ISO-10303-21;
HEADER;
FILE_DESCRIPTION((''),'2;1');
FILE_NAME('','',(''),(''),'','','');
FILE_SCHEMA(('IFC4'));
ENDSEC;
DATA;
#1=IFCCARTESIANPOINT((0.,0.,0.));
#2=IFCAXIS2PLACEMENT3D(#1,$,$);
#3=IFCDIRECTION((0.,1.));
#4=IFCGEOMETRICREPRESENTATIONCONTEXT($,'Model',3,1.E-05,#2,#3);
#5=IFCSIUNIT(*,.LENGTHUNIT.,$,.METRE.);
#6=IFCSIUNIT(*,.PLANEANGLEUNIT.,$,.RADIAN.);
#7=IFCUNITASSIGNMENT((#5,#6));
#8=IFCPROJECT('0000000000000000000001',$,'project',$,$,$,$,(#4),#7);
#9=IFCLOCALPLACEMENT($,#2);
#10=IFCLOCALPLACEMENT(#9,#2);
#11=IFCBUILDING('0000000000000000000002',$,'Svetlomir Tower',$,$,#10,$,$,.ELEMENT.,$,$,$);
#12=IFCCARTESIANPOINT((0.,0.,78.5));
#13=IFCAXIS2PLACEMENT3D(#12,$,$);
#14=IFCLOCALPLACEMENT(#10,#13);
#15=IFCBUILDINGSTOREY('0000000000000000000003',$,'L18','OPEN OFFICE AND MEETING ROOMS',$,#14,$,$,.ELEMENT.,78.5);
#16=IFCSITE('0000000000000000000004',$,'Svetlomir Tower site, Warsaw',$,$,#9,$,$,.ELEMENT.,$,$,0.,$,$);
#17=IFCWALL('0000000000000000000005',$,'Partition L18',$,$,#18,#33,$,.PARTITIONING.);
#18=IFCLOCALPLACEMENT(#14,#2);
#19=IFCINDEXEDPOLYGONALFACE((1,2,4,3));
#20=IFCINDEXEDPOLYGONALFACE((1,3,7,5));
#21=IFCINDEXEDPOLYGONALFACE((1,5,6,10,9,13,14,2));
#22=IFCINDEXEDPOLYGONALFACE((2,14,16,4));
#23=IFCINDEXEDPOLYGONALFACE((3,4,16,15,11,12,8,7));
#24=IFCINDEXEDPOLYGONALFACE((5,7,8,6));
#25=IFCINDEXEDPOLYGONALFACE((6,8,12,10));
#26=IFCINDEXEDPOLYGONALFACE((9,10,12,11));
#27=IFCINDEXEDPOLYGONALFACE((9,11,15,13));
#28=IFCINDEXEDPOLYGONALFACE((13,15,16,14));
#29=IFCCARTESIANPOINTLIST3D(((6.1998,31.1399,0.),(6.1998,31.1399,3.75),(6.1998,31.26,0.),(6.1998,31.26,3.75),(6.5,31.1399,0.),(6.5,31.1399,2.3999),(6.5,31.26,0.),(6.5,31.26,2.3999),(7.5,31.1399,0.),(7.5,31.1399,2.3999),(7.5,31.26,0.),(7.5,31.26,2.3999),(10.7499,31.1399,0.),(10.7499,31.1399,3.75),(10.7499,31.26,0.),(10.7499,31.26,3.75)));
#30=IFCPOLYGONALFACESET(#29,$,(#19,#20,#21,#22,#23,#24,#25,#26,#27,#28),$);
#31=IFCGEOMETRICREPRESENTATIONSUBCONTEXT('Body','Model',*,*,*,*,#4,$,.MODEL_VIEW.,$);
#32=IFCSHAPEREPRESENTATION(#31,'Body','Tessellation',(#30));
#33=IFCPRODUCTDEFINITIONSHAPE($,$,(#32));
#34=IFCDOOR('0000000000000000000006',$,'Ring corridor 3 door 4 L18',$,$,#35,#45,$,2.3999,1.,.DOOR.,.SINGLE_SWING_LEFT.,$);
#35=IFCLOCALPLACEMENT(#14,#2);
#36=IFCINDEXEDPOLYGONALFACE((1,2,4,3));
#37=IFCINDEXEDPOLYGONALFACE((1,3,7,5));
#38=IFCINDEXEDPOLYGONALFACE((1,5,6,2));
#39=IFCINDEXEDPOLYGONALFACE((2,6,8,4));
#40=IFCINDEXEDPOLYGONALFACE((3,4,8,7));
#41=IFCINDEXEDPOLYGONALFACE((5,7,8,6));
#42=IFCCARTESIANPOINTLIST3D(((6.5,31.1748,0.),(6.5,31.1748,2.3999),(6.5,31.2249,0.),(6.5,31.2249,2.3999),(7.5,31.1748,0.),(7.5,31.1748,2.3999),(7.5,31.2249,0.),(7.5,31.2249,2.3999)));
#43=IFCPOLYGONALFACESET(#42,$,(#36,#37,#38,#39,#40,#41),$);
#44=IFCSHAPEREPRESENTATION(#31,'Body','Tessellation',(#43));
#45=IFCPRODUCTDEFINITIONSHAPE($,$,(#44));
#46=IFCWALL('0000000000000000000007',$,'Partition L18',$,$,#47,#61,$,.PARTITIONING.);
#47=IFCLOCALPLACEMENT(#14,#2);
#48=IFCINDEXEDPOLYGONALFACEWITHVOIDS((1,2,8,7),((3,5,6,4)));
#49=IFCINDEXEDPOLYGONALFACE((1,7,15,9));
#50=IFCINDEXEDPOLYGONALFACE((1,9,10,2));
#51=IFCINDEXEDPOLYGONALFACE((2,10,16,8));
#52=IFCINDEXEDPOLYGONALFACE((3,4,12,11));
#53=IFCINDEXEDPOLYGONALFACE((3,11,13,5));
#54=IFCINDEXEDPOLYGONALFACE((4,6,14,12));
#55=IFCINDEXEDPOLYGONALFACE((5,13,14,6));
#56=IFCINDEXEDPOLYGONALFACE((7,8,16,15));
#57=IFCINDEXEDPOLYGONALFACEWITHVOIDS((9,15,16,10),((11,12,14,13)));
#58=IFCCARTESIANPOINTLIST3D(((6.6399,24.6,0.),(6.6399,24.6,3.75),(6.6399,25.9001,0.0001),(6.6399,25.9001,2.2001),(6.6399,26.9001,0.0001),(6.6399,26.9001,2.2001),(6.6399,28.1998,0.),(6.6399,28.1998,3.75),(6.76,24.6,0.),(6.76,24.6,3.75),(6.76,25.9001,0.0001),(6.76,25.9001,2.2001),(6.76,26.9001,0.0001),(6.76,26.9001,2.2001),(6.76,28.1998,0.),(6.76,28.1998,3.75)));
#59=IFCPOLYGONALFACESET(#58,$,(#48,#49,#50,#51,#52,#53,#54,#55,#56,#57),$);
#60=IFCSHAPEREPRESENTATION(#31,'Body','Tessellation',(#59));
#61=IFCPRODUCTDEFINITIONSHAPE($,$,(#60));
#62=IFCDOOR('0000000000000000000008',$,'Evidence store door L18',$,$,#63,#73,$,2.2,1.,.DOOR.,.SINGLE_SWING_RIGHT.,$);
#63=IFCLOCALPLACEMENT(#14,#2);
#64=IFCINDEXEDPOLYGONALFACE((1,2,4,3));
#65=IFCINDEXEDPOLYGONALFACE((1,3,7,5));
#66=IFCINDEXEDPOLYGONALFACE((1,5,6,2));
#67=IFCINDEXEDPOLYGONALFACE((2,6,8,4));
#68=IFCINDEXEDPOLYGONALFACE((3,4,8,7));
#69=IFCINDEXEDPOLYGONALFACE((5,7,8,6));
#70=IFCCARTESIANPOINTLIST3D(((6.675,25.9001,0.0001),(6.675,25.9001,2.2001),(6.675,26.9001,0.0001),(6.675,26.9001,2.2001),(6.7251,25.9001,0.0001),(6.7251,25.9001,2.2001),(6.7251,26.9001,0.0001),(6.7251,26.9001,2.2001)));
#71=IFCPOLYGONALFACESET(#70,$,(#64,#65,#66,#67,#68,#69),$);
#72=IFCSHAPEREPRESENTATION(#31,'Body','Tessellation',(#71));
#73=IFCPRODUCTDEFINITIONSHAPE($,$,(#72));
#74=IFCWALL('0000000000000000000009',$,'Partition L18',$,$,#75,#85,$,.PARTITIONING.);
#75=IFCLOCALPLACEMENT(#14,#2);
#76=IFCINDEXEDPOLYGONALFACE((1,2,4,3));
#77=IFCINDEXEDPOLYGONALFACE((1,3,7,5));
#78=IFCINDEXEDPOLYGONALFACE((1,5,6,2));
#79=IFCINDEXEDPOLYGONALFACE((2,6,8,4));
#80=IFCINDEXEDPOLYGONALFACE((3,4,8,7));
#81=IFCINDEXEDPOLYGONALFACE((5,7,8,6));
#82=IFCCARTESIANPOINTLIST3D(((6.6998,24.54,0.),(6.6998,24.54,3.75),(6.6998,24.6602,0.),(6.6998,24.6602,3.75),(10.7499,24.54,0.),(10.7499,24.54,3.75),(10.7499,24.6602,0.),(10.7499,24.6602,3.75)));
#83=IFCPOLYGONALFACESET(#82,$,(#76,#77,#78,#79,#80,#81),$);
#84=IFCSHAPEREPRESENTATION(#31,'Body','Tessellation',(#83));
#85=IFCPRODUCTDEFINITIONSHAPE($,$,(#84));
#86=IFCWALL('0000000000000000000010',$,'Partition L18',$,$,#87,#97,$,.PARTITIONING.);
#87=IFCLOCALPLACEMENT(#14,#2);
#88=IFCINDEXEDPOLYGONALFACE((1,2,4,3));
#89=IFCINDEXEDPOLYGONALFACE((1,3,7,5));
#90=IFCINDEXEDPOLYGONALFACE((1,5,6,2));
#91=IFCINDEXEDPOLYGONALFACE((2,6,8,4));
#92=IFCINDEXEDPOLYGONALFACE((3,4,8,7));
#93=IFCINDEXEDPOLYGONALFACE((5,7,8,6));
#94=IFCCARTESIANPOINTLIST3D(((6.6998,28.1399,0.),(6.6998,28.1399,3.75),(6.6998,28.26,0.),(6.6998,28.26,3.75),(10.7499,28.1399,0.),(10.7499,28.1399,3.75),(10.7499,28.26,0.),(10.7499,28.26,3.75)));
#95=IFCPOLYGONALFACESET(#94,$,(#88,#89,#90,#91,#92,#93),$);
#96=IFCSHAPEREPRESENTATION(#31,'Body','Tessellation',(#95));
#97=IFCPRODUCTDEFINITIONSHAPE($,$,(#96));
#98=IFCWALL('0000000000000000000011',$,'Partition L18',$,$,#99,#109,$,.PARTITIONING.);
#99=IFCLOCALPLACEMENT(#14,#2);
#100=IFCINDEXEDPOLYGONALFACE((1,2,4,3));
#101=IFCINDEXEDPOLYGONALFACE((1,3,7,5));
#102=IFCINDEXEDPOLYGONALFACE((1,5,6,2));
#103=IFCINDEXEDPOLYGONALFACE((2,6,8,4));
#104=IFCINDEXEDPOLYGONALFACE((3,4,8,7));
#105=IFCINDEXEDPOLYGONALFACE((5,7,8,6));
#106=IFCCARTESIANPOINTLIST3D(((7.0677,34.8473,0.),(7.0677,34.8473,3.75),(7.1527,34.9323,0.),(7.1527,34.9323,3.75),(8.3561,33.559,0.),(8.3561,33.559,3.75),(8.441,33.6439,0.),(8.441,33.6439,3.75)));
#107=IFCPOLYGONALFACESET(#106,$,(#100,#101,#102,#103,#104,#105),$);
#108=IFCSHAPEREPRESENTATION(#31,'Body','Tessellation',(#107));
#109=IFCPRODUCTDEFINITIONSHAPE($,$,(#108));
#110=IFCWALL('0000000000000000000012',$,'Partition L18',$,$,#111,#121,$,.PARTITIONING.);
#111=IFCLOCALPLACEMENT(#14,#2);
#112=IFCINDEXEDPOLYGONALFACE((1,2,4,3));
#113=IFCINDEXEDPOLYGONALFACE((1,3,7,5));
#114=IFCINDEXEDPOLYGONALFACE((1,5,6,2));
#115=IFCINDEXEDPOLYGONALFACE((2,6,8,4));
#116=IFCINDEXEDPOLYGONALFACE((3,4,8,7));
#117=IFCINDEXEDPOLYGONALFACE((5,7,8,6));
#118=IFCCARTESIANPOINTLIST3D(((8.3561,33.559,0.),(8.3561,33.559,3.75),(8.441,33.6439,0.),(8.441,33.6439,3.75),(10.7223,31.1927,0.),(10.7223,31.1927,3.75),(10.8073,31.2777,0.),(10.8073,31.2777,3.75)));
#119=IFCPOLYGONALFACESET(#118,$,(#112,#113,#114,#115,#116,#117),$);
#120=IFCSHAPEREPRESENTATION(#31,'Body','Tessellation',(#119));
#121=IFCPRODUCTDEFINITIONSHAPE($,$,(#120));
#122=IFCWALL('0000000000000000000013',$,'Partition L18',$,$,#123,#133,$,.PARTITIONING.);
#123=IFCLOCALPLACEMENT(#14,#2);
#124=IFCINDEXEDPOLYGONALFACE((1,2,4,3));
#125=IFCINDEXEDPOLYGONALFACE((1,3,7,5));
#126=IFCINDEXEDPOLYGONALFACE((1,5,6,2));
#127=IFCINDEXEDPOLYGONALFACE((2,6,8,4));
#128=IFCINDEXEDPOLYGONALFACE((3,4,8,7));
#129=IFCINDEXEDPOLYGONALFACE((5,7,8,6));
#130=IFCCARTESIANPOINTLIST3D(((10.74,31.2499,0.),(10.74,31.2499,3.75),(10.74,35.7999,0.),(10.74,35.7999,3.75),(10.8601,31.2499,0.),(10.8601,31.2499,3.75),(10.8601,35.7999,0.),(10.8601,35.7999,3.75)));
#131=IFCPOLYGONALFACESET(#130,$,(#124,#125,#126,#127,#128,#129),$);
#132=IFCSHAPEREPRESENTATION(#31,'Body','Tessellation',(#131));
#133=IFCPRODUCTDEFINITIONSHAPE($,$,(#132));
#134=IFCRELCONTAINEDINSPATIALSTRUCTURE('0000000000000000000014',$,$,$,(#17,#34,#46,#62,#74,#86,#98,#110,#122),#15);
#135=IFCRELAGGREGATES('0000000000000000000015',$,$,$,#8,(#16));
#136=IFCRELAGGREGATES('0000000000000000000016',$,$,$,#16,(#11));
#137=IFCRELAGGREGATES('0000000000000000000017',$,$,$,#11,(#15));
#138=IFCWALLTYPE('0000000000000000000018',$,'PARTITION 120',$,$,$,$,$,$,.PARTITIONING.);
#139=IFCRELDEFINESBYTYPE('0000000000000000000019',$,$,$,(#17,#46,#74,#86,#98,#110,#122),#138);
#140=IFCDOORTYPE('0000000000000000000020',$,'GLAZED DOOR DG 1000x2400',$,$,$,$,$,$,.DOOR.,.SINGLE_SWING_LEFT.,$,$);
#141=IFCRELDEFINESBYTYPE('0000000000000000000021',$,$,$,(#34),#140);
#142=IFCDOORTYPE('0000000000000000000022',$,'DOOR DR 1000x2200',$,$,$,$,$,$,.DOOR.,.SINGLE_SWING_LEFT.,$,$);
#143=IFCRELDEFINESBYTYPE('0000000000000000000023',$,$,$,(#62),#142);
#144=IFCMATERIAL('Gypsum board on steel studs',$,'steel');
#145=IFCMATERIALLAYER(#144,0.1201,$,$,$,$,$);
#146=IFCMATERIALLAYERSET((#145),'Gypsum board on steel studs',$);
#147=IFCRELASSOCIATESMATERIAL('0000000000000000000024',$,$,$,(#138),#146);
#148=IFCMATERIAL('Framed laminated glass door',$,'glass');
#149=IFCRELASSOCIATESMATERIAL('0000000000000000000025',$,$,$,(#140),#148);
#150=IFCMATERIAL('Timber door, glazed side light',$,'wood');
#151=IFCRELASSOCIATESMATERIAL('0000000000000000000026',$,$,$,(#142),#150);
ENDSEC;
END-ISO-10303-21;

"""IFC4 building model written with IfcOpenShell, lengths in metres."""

from ifc_helpers import new_model, si_unit, direction, frame, frame_2d, origin, place, context, subcontext, project, spatial, rectangle, extrude, material, layer, layer_set, type_object, element, fill, save


model = new_model("IFC4")

# Units and contexts
model_context = context("Model", 3, precision=1e-05, world=origin(), true_north=direction((0.0, 1.0)))
body_context = subcontext(model_context, "Body", "Model", "MODEL_VIEW")
ifc_project = project(units=[si_unit("LENGTHUNIT", "METRE"), si_unit("PLANEANGLEUNIT", "RADIAN")], contexts=[model_context])

# Site, building, storey
site_placement = place(None, origin())
site = spatial("IfcSite", under=ifc_project, at=site_placement, Name="Svetlomir Tower site, Warsaw", CompositionType="ELEMENT", RefElevation=0.0)
building_placement = place(site_placement, origin())
building = spatial("IfcBuilding", under=site, at=building_placement, Name="Svetlomir Tower", CompositionType="ELEMENT")
storey_placement = place(building_placement, frame((0.0, 0.0, 78.5)))
storey = spatial("IfcBuildingStorey", under=building, at=storey_placement, Name="L18", Description="OPEN OFFICE AND MEETING ROOMS", CompositionType="ELEMENT", Elevation=78.5)

# Shared definitions
ifc_material_1 = material(Name="Gypsum board on steel studs", Category="steel")
ifc_layer_1 = layer(ifc_material_1, 0.1201)
ifc_layer_set_1 = layer_set([ifc_layer_1], Name="Gypsum board on steel studs")
wall_type_1 = type_object("IfcWallType", Name="PARTITION 120", PredefinedType="PARTITIONING", material=ifc_layer_set_1)
ifc_material_2 = material(Name="Framed laminated glass door", Category="glass")
door_type_1 = type_object("IfcDoorType", Name="GLAZED DOOR DG 1000x2400", OperationType="SINGLE_SWING_LEFT", PredefinedType="DOOR", material=ifc_material_2)

# Walls, openings, doors
wall_1_placement = place(storey_placement, frame((6.2, 31.2, 0.0), z_axis=(0.0, 0.0, 1.0), x_axis=(1.0, 0.0, 0.0)))
wall_1 = element("IfcWall", 1, at=wall_1_placement, inside=storey, type_object=wall_type_1, Name="Partition L18", PredefinedType="PARTITIONING", context=body_context, shape_type="SweptSolid", body=[
    extrude(rectangle(XDim=4.55, YDim=0.1201, at=frame_2d((2.2749, 0.0))), origin(), (0.0, 0.0, 1.0), 3.75),
])
opening_1_placement = place(wall_1_placement, frame((0.3, 0.0, 0.0)))
opening_1 = element("IfcOpeningElement", 2, at=opening_1_placement, cuts=wall_1, PredefinedType="OPENING", context=body_context, shape_type="SweptSolid", body=[
    extrude(rectangle(XDim=1.0, YDim=2.3999, at=frame_2d((0.5, 1.2))), frame((0.0, 0.0701, 0.0), z_axis=(0.0, -1.0, 0.0), x_axis=(1.0, 0.0, 0.0)), (0.0, 0.0, 1.0), 0.1401),
])
door_1_placement = place(opening_1_placement, origin())
door_1 = element("IfcDoor", 3, at=door_1_placement, inside=storey, type_object=door_type_1, Name="Ring corridor 3 door 4 L18", OperationType="SINGLE_SWING_LEFT", OverallHeight=2.3999, OverallWidth=1.0, PredefinedType="DOOR", context=body_context, shape_type="SweptSolid", body=[
    extrude(rectangle(XDim=1.0, YDim=2.3999, at=frame_2d((0.5, 1.2))), frame((0.0, 0.0249, 0.0), z_axis=(0.0, -1.0, 0.0), x_axis=(1.0, 0.0, 0.0)), (0.0, 0.0, 1.0), 0.05),
])
fill(opening_1, door_1)
wall_2_placement = place(storey_placement, frame((6.7, 24.6001, 0.0), z_axis=(0.0, 0.0, 1.0), x_axis=(0.0, 1.0, 0.0)))
wall_2 = element("IfcWall", 4, at=wall_2_placement, inside=storey, type_object=wall_type_1, Name="Partition L18", PredefinedType="PARTITIONING", context=body_context, shape_type="SweptSolid", body=[
    extrude(rectangle(XDim=3.5999, YDim=0.1201, at=frame_2d((1.7998, 0.0))), origin(), (0.0, 0.0, 1.0), 3.75),
])
opening_2_placement = place(wall_2_placement, frame((1.3, 0.0, 0.0)))
opening_2 = element("IfcOpeningElement", 5, at=opening_2_placement, cuts=wall_2, PredefinedType="OPENING", context=body_context, shape_type="SweptSolid", body=[
    extrude(rectangle(XDim=1.0, YDim=2.2, at=frame_2d((0.5, 1.1001))), frame((0.0, 0.0701, 0.0), z_axis=(0.0, -1.0, 0.0), x_axis=(1.0, 0.0, 0.0)), (0.0, 0.0, 1.0), 0.1401),
])
ifc_material_3 = material(Name="Timber door, glazed side light", Category="wood")
door_type_2 = type_object("IfcDoorType", Name="DOOR DR 1000x2200", OperationType="SINGLE_SWING_LEFT", PredefinedType="DOOR", material=ifc_material_3)
door_2_placement = place(opening_2_placement, origin())
door_2 = element("IfcDoor", 6, at=door_2_placement, inside=storey, type_object=door_type_2, Name="Evidence store door L18", OperationType="SINGLE_SWING_RIGHT", OverallHeight=2.2, OverallWidth=1.0, PredefinedType="DOOR", context=body_context, shape_type="SweptSolid", body=[
    extrude(rectangle(XDim=1.0, YDim=2.2, at=frame_2d((0.5, 1.1001))), frame((0.0, 0.0249, 0.0), z_axis=(0.0, -1.0, 0.0), x_axis=(1.0, 0.0, 0.0)), (0.0, 0.0, 1.0), 0.05),
])
fill(opening_2, door_2)

# Walls
for number, where, z_axis, x_axis, name in (
    (7, (6.7, 24.6001, 0.0), (0.0, 0.0, 1.0), (1.0, 0.0, 0.0), "Partition L18"),
    (8, (6.7, 28.2, 0.0), (0.0, 0.0, 1.0), (1.0, 0.0, 0.0), "Partition L18"),
):
    element("IfcWall", number, at=place(storey_placement, frame(where, z_axis=z_axis, x_axis=x_axis)), inside=storey, type_object=wall_type_1, Name=name, PredefinedType="PARTITIONING", context=body_context, shape_type="SweptSolid", body=[
        extrude(rectangle(XDim=4.05, YDim=0.1201, at=frame_2d((2.0249, 0.0))), origin(), (0.0, 0.0, 1.0), 3.75),
    ])
wall_3_placement = place(storey_placement, frame((7.1101, 34.8899, 0.0), z_axis=(0.0, 0.0, 1.0), x_axis=(0.707107, -0.707107, 0.0)))
element("IfcWall", 9, at=wall_3_placement, inside=storey, type_object=wall_type_1, Name="Partition L18", PredefinedType="PARTITIONING", context=body_context, shape_type="SweptSolid", body=[
    extrude(rectangle(XDim=1.822, YDim=0.1201, at=frame_2d((0.9111, 0.0))), origin(), (0.0, 0.0, 1.0), 3.75),
])
wall_4_placement = place(storey_placement, frame((8.3984, 33.6016, 0.0), z_axis=(0.0, 0.0, 1.0), x_axis=(0.707107, -0.707107, 0.0)))
element("IfcWall", 10, at=wall_4_placement, inside=storey, type_object=wall_type_1, Name="Partition L18", PredefinedType="PARTITIONING", context=body_context, shape_type="SweptSolid", body=[
    extrude(rectangle(XDim=3.3464, YDim=0.1201, at=frame_2d((1.6733, 0.0))), origin(), (0.0, 0.0, 1.0), 3.75),
])
wall_5_placement = place(storey_placement, frame((10.8, 31.25, 0.0), z_axis=(0.0, 0.0, 1.0), x_axis=(0.0, 1.0, 0.0)))
element("IfcWall", 11, at=wall_5_placement, inside=storey, type_object=wall_type_1, Name="Partition L18", PredefinedType="PARTITIONING", context=body_context, shape_type="SweptSolid", body=[
    extrude(rectangle(XDim=4.55, YDim=0.1201, at=frame_2d((2.2749, 0.0))), origin(), (0.0, 0.0, 1.0), 3.75),
])

save(model, "model.ifc")
